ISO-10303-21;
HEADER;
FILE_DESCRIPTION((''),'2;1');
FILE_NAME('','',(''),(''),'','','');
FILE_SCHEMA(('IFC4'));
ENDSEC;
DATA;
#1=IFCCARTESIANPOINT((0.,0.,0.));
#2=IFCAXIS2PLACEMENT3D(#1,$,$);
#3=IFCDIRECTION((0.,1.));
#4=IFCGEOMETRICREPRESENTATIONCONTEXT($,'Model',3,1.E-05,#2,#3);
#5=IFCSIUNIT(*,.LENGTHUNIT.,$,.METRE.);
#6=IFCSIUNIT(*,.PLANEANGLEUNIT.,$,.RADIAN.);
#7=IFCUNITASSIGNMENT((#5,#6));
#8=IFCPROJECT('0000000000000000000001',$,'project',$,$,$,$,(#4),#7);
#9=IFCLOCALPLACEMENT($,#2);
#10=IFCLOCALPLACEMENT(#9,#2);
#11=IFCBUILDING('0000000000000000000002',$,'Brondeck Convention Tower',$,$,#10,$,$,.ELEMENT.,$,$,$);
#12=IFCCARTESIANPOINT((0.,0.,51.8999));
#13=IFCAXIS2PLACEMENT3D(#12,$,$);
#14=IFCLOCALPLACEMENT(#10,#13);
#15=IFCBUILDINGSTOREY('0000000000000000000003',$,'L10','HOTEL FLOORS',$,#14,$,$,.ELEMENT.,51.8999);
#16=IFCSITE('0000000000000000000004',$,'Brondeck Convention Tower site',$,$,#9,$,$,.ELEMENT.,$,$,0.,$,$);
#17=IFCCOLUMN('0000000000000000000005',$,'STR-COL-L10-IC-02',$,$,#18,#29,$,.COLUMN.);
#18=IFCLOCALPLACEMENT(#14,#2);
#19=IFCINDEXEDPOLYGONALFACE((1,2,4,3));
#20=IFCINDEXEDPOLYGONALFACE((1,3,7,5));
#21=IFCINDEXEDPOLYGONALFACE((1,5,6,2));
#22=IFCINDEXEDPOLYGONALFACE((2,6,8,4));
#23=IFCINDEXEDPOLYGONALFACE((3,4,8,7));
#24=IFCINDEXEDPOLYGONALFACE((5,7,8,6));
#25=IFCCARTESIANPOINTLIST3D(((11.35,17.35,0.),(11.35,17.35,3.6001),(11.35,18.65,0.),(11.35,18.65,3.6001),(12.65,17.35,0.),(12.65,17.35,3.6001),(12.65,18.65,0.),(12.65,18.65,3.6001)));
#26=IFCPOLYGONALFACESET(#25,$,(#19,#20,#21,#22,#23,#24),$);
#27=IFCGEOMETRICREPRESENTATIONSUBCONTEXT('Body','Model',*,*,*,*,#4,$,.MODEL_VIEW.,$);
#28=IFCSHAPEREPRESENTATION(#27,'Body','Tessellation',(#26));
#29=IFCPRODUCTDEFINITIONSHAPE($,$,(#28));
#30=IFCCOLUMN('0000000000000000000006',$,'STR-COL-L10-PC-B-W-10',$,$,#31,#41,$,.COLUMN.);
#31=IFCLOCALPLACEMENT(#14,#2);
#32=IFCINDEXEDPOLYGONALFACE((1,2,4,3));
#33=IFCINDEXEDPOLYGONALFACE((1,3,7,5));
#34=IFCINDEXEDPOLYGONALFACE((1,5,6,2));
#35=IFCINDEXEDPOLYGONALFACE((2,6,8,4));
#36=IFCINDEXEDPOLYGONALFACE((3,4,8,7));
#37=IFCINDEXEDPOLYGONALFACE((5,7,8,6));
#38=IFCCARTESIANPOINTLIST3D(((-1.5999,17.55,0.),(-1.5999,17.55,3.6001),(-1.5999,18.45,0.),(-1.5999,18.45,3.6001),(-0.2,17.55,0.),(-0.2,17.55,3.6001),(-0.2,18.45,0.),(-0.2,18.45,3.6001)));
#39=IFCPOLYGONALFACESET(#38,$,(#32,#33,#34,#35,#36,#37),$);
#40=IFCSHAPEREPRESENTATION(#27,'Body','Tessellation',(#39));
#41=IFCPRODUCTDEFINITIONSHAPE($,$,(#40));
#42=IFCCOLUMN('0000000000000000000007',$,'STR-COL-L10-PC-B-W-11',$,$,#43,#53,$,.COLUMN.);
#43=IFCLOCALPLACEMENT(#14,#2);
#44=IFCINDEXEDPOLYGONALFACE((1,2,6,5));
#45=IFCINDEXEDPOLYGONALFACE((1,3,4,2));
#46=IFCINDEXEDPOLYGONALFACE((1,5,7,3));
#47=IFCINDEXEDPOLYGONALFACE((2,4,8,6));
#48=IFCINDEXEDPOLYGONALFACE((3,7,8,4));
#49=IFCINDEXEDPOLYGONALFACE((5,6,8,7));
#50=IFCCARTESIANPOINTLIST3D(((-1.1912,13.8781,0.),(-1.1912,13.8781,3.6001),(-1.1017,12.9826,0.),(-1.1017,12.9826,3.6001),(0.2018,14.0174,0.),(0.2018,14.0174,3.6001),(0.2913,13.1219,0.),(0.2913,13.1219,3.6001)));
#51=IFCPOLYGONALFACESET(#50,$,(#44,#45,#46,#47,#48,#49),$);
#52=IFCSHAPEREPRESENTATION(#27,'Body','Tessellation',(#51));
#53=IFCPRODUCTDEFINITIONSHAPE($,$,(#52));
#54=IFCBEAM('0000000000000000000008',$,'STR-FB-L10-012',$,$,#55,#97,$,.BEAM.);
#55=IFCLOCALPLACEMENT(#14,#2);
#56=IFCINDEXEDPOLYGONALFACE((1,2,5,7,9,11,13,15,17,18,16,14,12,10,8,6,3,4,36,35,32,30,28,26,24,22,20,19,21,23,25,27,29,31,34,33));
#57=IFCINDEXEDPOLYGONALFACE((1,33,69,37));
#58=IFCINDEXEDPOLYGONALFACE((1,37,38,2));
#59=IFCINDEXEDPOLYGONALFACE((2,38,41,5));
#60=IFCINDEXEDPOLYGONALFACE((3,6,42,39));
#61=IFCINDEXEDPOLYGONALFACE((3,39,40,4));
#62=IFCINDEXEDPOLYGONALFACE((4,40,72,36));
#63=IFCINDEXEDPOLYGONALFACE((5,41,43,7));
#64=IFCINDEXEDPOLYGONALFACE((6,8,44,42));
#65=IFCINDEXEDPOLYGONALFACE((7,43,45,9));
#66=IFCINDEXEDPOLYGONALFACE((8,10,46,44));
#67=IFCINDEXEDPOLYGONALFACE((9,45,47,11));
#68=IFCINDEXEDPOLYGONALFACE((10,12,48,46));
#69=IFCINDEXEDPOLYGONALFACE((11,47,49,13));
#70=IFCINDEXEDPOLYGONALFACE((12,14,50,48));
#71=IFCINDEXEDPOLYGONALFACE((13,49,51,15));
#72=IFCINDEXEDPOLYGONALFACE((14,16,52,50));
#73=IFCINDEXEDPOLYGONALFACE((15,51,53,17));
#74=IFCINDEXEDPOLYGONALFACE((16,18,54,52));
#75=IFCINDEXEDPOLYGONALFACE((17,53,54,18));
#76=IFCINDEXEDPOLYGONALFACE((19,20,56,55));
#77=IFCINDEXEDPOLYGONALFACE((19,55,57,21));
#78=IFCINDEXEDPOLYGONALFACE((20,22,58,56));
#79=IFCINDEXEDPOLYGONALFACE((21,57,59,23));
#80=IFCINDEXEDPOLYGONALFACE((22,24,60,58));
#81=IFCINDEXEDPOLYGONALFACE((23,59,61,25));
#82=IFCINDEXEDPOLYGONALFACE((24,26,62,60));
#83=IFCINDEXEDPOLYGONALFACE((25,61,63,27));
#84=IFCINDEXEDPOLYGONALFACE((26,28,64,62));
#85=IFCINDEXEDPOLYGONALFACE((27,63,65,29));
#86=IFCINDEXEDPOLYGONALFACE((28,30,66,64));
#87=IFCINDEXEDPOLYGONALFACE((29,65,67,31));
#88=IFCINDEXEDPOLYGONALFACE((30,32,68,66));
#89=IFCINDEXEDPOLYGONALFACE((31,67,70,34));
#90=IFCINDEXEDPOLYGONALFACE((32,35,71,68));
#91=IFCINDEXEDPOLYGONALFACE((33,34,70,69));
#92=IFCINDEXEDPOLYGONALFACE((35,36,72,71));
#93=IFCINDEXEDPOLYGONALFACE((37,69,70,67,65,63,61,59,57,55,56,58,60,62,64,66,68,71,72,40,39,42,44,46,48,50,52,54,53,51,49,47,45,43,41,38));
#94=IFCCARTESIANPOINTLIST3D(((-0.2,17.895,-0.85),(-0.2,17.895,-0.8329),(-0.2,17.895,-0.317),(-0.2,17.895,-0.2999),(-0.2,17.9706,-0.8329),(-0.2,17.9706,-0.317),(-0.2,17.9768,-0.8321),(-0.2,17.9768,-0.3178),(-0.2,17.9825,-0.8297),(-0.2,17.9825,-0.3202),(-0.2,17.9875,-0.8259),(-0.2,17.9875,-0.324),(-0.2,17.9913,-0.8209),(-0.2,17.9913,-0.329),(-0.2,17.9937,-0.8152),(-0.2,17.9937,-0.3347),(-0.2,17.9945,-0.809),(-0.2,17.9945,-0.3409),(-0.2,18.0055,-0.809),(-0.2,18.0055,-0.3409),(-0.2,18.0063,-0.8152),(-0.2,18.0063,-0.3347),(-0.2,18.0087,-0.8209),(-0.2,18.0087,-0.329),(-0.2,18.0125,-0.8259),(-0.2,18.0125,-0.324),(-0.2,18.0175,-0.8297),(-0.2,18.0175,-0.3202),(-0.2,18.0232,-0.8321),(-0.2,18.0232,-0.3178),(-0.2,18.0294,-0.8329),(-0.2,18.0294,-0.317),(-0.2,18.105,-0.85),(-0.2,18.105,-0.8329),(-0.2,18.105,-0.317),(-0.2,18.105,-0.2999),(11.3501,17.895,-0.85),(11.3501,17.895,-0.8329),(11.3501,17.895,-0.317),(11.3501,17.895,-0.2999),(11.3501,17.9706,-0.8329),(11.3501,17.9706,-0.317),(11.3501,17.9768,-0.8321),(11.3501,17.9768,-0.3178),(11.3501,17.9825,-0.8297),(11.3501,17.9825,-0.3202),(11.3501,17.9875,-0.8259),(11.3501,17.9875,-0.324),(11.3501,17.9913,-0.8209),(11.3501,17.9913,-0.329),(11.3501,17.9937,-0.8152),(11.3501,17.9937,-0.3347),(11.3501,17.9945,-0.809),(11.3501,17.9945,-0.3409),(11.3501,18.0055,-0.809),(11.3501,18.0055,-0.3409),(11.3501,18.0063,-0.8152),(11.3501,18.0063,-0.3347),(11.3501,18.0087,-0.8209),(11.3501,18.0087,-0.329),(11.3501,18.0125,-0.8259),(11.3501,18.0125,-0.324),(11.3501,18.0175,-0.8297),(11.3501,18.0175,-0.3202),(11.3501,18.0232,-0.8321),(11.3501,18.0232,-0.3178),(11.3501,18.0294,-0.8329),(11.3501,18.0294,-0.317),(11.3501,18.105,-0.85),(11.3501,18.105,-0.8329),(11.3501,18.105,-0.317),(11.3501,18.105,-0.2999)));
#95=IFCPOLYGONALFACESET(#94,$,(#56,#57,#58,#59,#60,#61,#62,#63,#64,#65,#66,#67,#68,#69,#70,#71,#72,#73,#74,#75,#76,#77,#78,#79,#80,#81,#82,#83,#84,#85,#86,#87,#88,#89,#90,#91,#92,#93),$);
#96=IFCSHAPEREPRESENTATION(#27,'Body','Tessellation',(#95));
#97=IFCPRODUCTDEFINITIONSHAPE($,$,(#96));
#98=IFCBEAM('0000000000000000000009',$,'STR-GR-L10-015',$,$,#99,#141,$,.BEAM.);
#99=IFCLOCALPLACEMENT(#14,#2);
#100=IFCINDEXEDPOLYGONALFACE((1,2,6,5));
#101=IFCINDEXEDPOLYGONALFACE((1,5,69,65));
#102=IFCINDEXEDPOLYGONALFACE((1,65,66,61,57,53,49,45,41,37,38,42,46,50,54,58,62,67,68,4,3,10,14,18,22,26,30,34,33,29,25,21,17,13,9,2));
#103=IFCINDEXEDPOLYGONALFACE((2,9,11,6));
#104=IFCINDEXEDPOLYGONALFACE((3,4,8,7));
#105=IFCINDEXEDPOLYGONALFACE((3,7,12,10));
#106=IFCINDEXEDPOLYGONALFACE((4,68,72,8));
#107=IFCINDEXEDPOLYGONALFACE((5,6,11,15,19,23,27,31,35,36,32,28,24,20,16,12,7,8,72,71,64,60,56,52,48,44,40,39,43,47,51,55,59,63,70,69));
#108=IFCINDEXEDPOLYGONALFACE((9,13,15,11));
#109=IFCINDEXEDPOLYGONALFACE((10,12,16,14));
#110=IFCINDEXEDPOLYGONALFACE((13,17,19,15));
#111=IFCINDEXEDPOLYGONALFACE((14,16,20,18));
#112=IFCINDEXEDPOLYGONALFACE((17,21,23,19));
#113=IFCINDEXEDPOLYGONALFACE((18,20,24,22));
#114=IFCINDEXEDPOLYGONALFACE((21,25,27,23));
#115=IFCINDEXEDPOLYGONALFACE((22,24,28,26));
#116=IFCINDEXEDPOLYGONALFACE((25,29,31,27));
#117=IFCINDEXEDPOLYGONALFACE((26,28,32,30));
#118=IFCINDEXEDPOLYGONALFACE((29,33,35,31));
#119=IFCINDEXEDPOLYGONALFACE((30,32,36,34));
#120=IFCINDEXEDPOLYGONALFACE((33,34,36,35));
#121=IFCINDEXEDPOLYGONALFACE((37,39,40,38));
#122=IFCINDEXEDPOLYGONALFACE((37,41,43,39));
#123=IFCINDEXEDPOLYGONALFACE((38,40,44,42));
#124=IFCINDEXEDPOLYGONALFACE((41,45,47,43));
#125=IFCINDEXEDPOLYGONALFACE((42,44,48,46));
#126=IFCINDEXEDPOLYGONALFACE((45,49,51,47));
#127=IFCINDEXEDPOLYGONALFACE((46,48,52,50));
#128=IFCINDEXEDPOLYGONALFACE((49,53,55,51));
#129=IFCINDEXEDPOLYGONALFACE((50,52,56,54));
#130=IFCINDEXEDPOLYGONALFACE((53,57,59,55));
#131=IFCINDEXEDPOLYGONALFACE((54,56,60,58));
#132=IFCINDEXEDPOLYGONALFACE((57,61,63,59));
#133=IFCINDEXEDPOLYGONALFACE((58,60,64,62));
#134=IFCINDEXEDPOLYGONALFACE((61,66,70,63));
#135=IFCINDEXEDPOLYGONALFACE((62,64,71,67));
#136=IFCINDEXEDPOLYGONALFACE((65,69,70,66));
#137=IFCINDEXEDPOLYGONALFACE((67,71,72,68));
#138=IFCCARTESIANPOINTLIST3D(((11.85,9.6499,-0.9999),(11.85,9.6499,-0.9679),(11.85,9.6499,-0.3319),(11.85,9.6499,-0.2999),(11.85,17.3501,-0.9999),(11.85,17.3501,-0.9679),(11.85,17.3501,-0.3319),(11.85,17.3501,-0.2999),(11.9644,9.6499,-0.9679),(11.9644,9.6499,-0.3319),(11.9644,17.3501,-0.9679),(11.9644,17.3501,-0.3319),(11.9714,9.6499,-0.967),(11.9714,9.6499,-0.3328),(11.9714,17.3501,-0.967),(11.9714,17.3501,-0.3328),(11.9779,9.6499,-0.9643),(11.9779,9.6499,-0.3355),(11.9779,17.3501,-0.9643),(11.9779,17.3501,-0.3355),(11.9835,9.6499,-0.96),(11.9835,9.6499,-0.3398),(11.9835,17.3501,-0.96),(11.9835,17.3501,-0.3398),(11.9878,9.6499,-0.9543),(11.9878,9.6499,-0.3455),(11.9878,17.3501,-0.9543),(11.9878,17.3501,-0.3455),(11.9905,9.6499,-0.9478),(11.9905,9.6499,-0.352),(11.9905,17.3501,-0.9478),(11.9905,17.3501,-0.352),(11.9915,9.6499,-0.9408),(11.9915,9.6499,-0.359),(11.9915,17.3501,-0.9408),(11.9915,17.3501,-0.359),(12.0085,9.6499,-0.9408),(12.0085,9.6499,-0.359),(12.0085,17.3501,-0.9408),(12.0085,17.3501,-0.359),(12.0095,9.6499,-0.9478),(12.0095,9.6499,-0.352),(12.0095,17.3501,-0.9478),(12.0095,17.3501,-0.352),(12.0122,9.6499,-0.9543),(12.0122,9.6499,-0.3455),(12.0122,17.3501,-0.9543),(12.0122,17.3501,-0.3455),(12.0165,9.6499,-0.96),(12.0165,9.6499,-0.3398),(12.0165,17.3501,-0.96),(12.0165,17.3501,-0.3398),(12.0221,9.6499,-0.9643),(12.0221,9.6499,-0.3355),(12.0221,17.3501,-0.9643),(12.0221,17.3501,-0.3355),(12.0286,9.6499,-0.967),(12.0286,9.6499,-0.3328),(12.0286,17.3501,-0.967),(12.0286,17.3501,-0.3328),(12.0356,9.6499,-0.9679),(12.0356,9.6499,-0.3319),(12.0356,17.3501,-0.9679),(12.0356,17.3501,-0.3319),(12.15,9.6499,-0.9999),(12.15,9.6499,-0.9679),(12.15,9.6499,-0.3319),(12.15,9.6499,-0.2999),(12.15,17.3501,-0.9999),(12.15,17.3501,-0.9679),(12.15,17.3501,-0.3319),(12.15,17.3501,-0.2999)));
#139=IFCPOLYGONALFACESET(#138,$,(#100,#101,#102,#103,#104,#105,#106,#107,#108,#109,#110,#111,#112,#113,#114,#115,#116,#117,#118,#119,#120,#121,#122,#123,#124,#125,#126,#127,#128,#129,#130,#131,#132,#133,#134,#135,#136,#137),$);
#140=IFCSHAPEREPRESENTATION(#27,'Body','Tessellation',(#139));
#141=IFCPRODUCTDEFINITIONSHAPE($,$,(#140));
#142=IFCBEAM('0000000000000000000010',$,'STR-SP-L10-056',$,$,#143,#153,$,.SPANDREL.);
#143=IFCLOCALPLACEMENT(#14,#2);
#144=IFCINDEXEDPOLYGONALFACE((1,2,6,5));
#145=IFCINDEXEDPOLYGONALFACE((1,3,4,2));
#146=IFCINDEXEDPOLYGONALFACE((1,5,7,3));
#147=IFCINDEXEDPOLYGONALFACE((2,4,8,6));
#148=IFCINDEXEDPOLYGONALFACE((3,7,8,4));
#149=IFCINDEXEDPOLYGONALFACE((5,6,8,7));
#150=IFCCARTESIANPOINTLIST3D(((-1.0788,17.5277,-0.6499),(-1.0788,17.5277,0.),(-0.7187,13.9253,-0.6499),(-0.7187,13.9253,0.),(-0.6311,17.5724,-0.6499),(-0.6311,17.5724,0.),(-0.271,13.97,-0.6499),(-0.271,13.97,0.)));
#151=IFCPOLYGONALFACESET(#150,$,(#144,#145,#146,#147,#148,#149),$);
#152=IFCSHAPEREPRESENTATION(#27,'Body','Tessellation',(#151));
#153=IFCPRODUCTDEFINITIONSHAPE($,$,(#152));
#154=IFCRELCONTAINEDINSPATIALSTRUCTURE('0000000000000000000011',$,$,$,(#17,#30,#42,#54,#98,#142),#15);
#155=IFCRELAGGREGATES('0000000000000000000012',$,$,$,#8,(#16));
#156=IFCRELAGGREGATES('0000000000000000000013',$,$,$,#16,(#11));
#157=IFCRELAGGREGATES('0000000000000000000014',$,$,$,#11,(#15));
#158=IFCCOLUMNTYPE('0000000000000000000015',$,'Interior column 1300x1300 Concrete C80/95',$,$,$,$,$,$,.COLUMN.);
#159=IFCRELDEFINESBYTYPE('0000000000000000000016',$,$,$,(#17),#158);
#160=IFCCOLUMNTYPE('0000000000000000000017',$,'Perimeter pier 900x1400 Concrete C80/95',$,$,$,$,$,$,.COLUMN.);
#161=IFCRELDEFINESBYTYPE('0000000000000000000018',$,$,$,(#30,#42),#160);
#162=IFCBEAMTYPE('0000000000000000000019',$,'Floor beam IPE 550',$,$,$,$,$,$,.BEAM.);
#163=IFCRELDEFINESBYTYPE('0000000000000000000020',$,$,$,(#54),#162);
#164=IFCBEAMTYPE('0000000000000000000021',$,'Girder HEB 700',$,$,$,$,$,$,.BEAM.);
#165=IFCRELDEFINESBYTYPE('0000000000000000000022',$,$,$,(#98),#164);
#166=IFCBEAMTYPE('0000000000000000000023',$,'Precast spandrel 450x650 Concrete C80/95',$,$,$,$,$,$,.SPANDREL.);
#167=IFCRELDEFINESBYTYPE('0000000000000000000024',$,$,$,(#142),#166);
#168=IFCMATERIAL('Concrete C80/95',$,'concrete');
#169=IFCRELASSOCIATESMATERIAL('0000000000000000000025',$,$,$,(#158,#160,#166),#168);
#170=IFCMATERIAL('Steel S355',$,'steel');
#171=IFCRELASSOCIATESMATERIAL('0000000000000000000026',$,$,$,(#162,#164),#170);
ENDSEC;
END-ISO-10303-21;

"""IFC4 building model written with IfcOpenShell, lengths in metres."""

from ifc_helpers import new_model, si_unit, direction, frame, origin, origin_2d, place, context, subcontext, project, spatial, rectangle, i_section, extrude, material, material_profile, profile_set, type_object, element, save


model = new_model("IFC4")

# Units and contexts
model_context = context("Model", 3, precision=1e-05, world=origin(), true_north=direction((0.0, 1.0)))
body_context = subcontext(model_context, "Body", "Model", "MODEL_VIEW")
ifc_project = project(units=[si_unit("LENGTHUNIT", "METRE"), si_unit("PLANEANGLEUNIT", "RADIAN")], contexts=[model_context])

# Site, building, storey
site_placement = place(None, origin())
site = spatial("IfcSite", under=ifc_project, at=site_placement, Name="Brondeck Convention Tower site", CompositionType="ELEMENT", RefElevation=0.0)
building_placement = place(site_placement, origin())
building = spatial("IfcBuilding", under=site, at=building_placement, Name="Brondeck Convention Tower", CompositionType="ELEMENT")
storey_placement = place(building_placement, frame((0.0, 0.0, 51.8999)))
storey = spatial("IfcBuildingStorey", under=building, at=storey_placement, Name="L10", Description="HOTEL FLOORS", CompositionType="ELEMENT", Elevation=51.8999)

# Columns
ifc_material_1 = material(Name="Concrete C80/95", Category="concrete")
ifc_material_profile_1 = material_profile(ifc_material_1, rectangle(XDim=1.3, YDim=1.3, at=origin_2d()), Name="Interior column 1300x1300 Concrete C80/95")
ifc_profile_set_1 = profile_set([ifc_material_profile_1], Name="Concrete C80/95")
column_type_1 = type_object("IfcColumnType", Name="Interior column 1300x1300 Concrete C80/95", PredefinedType="COLUMN", material=ifc_profile_set_1)
column_placement = place(storey_placement, frame((12.0, 18.0, 0.0), z_axis=(0.0, 0.0, 1.0), x_axis=(1.0, 0.0, 0.0)))
element("IfcColumn", 1, at=column_placement, inside=storey, type_object=column_type_1, Name="STR-COL-L10-IC-02", PredefinedType="COLUMN", context=body_context, shape_type="SweptSolid", body=[
    extrude(rectangle(XDim=1.3, YDim=1.3, at=origin_2d()), origin(), (0.0, 0.0, 1.0), 3.6001),
])
ifc_material_profile_2 = material_profile(ifc_material_1, rectangle(XDim=0.8999, YDim=1.3999, at=origin_2d()), Name="Perimeter pier 900x1400 Concrete C80/95")
ifc_profile_set_2 = profile_set([ifc_material_profile_2], Name="Concrete C80/95")
column_type_2 = type_object("IfcColumnType", Name="Perimeter pier 900x1400 Concrete C80/95", PredefinedType="COLUMN", material=ifc_profile_set_2)
for number, where, z_axis, x_axis, name in (
    (2, (-0.8999, 18.0, 0.0), (0.0, 0.0, 1.0), (0.0, -1.0, 0.0), "STR-COL-L10-PC-B-W-10"),
    (3, (-0.45, 13.5, 0.0), (0.0, 0.0, 1.0), (0.099504, -0.995037, 0.0), "STR-COL-L10-PC-B-W-11"),
):
    element("IfcColumn", number, at=place(storey_placement, frame(where, z_axis=z_axis, x_axis=x_axis)), inside=storey, type_object=column_type_2, Name=name, PredefinedType="COLUMN", context=body_context, shape_type="SweptSolid", body=[
        extrude(rectangle(XDim=0.8999, YDim=1.3999, at=origin_2d()), origin(), (0.0, 0.0, 1.0), 3.6001),
    ])

# Beams
ifc_material_2 = material(Name="Steel S355", Category="steel")
ifc_material_profile_3 = material_profile(ifc_material_2, i_section(OverallWidth=0.21, OverallDepth=0.55, WebThickness=0.011, FlangeThickness=0.0171, FilletRadius=0.0239, at=origin_2d()), Name="IPE 550")
ifc_profile_set_3 = profile_set([ifc_material_profile_3], Name="Steel S355")
beam_type_1 = type_object("IfcBeamType", Name="Floor beam IPE 550", PredefinedType="BEAM", material=ifc_profile_set_3)
beam_1_placement = place(storey_placement, frame((-0.2, 18.0, -0.575), z_axis=(1.0, 0.0, 0.0), x_axis=(0.0, 1.0, 0.0)))
element("IfcBeam", 4, at=beam_1_placement, inside=storey, type_object=beam_type_1, Name="STR-FB-L10-012", PredefinedType="BEAM", context=body_context, shape_type="SweptSolid", body=[
    extrude(i_section(OverallWidth=0.21, OverallDepth=0.55, WebThickness=0.011, FlangeThickness=0.0171, FilletRadius=0.0239, at=origin_2d()), origin(), (0.0, 0.0, 1.0), 11.55),
])
ifc_material_profile_4 = material_profile(ifc_material_2, i_section(OverallWidth=0.3, OverallDepth=0.7, WebThickness=0.0171, FlangeThickness=0.032, FilletRadius=0.0271, at=origin_2d()), Name="HEB 700")
ifc_profile_set_4 = profile_set([ifc_material_profile_4], Name="Steel S355")
beam_type_2 = type_object("IfcBeamType", Name="Girder HEB 700", PredefinedType="BEAM", material=ifc_profile_set_4)
beam_2_placement = place(storey_placement, frame((12.0, 17.3501, -0.6499), z_axis=(0.0, -1.0, 0.0), x_axis=(1.0, 0.0, 0.0)))
element("IfcBeam", 5, at=beam_2_placement, inside=storey, type_object=beam_type_2, Name="STR-GR-L10-015", PredefinedType="BEAM", context=body_context, shape_type="SweptSolid", body=[
    extrude(i_section(OverallWidth=0.3, OverallDepth=0.7, WebThickness=0.0171, FlangeThickness=0.032, FilletRadius=0.0271, at=origin_2d()), origin(), (0.0, 0.0, 1.0), 7.7002),
])
ifc_material_profile_5 = material_profile(ifc_material_1, rectangle(XDim=0.45, YDim=0.6499, at=origin_2d()), Name="Precast spandrel 450x650 Concrete C80/95")
ifc_profile_set_5 = profile_set([ifc_material_profile_5], Name="Concrete C80/95")
beam_type_3 = type_object("IfcBeamType", Name="Precast spandrel 450x650 Concrete C80/95", PredefinedType="SPANDREL", material=ifc_profile_set_5)
beam_3_placement = place(storey_placement, frame((-0.855, 17.55, -0.325), z_axis=(0.09947, -0.995041, 0.0), x_axis=(0.995041, 0.09947, 0.0)))
element("IfcBeam", 6, at=beam_3_placement, inside=storey, type_object=beam_type_3, Name="STR-SP-L10-056", PredefinedType="SPANDREL", context=body_context, shape_type="SweptSolid", body=[
    extrude(rectangle(XDim=0.45, YDim=0.6499, at=origin_2d()), origin(), (0.0, 0.0, 1.0), 3.6204),
])

save(model, "model.ifc")
